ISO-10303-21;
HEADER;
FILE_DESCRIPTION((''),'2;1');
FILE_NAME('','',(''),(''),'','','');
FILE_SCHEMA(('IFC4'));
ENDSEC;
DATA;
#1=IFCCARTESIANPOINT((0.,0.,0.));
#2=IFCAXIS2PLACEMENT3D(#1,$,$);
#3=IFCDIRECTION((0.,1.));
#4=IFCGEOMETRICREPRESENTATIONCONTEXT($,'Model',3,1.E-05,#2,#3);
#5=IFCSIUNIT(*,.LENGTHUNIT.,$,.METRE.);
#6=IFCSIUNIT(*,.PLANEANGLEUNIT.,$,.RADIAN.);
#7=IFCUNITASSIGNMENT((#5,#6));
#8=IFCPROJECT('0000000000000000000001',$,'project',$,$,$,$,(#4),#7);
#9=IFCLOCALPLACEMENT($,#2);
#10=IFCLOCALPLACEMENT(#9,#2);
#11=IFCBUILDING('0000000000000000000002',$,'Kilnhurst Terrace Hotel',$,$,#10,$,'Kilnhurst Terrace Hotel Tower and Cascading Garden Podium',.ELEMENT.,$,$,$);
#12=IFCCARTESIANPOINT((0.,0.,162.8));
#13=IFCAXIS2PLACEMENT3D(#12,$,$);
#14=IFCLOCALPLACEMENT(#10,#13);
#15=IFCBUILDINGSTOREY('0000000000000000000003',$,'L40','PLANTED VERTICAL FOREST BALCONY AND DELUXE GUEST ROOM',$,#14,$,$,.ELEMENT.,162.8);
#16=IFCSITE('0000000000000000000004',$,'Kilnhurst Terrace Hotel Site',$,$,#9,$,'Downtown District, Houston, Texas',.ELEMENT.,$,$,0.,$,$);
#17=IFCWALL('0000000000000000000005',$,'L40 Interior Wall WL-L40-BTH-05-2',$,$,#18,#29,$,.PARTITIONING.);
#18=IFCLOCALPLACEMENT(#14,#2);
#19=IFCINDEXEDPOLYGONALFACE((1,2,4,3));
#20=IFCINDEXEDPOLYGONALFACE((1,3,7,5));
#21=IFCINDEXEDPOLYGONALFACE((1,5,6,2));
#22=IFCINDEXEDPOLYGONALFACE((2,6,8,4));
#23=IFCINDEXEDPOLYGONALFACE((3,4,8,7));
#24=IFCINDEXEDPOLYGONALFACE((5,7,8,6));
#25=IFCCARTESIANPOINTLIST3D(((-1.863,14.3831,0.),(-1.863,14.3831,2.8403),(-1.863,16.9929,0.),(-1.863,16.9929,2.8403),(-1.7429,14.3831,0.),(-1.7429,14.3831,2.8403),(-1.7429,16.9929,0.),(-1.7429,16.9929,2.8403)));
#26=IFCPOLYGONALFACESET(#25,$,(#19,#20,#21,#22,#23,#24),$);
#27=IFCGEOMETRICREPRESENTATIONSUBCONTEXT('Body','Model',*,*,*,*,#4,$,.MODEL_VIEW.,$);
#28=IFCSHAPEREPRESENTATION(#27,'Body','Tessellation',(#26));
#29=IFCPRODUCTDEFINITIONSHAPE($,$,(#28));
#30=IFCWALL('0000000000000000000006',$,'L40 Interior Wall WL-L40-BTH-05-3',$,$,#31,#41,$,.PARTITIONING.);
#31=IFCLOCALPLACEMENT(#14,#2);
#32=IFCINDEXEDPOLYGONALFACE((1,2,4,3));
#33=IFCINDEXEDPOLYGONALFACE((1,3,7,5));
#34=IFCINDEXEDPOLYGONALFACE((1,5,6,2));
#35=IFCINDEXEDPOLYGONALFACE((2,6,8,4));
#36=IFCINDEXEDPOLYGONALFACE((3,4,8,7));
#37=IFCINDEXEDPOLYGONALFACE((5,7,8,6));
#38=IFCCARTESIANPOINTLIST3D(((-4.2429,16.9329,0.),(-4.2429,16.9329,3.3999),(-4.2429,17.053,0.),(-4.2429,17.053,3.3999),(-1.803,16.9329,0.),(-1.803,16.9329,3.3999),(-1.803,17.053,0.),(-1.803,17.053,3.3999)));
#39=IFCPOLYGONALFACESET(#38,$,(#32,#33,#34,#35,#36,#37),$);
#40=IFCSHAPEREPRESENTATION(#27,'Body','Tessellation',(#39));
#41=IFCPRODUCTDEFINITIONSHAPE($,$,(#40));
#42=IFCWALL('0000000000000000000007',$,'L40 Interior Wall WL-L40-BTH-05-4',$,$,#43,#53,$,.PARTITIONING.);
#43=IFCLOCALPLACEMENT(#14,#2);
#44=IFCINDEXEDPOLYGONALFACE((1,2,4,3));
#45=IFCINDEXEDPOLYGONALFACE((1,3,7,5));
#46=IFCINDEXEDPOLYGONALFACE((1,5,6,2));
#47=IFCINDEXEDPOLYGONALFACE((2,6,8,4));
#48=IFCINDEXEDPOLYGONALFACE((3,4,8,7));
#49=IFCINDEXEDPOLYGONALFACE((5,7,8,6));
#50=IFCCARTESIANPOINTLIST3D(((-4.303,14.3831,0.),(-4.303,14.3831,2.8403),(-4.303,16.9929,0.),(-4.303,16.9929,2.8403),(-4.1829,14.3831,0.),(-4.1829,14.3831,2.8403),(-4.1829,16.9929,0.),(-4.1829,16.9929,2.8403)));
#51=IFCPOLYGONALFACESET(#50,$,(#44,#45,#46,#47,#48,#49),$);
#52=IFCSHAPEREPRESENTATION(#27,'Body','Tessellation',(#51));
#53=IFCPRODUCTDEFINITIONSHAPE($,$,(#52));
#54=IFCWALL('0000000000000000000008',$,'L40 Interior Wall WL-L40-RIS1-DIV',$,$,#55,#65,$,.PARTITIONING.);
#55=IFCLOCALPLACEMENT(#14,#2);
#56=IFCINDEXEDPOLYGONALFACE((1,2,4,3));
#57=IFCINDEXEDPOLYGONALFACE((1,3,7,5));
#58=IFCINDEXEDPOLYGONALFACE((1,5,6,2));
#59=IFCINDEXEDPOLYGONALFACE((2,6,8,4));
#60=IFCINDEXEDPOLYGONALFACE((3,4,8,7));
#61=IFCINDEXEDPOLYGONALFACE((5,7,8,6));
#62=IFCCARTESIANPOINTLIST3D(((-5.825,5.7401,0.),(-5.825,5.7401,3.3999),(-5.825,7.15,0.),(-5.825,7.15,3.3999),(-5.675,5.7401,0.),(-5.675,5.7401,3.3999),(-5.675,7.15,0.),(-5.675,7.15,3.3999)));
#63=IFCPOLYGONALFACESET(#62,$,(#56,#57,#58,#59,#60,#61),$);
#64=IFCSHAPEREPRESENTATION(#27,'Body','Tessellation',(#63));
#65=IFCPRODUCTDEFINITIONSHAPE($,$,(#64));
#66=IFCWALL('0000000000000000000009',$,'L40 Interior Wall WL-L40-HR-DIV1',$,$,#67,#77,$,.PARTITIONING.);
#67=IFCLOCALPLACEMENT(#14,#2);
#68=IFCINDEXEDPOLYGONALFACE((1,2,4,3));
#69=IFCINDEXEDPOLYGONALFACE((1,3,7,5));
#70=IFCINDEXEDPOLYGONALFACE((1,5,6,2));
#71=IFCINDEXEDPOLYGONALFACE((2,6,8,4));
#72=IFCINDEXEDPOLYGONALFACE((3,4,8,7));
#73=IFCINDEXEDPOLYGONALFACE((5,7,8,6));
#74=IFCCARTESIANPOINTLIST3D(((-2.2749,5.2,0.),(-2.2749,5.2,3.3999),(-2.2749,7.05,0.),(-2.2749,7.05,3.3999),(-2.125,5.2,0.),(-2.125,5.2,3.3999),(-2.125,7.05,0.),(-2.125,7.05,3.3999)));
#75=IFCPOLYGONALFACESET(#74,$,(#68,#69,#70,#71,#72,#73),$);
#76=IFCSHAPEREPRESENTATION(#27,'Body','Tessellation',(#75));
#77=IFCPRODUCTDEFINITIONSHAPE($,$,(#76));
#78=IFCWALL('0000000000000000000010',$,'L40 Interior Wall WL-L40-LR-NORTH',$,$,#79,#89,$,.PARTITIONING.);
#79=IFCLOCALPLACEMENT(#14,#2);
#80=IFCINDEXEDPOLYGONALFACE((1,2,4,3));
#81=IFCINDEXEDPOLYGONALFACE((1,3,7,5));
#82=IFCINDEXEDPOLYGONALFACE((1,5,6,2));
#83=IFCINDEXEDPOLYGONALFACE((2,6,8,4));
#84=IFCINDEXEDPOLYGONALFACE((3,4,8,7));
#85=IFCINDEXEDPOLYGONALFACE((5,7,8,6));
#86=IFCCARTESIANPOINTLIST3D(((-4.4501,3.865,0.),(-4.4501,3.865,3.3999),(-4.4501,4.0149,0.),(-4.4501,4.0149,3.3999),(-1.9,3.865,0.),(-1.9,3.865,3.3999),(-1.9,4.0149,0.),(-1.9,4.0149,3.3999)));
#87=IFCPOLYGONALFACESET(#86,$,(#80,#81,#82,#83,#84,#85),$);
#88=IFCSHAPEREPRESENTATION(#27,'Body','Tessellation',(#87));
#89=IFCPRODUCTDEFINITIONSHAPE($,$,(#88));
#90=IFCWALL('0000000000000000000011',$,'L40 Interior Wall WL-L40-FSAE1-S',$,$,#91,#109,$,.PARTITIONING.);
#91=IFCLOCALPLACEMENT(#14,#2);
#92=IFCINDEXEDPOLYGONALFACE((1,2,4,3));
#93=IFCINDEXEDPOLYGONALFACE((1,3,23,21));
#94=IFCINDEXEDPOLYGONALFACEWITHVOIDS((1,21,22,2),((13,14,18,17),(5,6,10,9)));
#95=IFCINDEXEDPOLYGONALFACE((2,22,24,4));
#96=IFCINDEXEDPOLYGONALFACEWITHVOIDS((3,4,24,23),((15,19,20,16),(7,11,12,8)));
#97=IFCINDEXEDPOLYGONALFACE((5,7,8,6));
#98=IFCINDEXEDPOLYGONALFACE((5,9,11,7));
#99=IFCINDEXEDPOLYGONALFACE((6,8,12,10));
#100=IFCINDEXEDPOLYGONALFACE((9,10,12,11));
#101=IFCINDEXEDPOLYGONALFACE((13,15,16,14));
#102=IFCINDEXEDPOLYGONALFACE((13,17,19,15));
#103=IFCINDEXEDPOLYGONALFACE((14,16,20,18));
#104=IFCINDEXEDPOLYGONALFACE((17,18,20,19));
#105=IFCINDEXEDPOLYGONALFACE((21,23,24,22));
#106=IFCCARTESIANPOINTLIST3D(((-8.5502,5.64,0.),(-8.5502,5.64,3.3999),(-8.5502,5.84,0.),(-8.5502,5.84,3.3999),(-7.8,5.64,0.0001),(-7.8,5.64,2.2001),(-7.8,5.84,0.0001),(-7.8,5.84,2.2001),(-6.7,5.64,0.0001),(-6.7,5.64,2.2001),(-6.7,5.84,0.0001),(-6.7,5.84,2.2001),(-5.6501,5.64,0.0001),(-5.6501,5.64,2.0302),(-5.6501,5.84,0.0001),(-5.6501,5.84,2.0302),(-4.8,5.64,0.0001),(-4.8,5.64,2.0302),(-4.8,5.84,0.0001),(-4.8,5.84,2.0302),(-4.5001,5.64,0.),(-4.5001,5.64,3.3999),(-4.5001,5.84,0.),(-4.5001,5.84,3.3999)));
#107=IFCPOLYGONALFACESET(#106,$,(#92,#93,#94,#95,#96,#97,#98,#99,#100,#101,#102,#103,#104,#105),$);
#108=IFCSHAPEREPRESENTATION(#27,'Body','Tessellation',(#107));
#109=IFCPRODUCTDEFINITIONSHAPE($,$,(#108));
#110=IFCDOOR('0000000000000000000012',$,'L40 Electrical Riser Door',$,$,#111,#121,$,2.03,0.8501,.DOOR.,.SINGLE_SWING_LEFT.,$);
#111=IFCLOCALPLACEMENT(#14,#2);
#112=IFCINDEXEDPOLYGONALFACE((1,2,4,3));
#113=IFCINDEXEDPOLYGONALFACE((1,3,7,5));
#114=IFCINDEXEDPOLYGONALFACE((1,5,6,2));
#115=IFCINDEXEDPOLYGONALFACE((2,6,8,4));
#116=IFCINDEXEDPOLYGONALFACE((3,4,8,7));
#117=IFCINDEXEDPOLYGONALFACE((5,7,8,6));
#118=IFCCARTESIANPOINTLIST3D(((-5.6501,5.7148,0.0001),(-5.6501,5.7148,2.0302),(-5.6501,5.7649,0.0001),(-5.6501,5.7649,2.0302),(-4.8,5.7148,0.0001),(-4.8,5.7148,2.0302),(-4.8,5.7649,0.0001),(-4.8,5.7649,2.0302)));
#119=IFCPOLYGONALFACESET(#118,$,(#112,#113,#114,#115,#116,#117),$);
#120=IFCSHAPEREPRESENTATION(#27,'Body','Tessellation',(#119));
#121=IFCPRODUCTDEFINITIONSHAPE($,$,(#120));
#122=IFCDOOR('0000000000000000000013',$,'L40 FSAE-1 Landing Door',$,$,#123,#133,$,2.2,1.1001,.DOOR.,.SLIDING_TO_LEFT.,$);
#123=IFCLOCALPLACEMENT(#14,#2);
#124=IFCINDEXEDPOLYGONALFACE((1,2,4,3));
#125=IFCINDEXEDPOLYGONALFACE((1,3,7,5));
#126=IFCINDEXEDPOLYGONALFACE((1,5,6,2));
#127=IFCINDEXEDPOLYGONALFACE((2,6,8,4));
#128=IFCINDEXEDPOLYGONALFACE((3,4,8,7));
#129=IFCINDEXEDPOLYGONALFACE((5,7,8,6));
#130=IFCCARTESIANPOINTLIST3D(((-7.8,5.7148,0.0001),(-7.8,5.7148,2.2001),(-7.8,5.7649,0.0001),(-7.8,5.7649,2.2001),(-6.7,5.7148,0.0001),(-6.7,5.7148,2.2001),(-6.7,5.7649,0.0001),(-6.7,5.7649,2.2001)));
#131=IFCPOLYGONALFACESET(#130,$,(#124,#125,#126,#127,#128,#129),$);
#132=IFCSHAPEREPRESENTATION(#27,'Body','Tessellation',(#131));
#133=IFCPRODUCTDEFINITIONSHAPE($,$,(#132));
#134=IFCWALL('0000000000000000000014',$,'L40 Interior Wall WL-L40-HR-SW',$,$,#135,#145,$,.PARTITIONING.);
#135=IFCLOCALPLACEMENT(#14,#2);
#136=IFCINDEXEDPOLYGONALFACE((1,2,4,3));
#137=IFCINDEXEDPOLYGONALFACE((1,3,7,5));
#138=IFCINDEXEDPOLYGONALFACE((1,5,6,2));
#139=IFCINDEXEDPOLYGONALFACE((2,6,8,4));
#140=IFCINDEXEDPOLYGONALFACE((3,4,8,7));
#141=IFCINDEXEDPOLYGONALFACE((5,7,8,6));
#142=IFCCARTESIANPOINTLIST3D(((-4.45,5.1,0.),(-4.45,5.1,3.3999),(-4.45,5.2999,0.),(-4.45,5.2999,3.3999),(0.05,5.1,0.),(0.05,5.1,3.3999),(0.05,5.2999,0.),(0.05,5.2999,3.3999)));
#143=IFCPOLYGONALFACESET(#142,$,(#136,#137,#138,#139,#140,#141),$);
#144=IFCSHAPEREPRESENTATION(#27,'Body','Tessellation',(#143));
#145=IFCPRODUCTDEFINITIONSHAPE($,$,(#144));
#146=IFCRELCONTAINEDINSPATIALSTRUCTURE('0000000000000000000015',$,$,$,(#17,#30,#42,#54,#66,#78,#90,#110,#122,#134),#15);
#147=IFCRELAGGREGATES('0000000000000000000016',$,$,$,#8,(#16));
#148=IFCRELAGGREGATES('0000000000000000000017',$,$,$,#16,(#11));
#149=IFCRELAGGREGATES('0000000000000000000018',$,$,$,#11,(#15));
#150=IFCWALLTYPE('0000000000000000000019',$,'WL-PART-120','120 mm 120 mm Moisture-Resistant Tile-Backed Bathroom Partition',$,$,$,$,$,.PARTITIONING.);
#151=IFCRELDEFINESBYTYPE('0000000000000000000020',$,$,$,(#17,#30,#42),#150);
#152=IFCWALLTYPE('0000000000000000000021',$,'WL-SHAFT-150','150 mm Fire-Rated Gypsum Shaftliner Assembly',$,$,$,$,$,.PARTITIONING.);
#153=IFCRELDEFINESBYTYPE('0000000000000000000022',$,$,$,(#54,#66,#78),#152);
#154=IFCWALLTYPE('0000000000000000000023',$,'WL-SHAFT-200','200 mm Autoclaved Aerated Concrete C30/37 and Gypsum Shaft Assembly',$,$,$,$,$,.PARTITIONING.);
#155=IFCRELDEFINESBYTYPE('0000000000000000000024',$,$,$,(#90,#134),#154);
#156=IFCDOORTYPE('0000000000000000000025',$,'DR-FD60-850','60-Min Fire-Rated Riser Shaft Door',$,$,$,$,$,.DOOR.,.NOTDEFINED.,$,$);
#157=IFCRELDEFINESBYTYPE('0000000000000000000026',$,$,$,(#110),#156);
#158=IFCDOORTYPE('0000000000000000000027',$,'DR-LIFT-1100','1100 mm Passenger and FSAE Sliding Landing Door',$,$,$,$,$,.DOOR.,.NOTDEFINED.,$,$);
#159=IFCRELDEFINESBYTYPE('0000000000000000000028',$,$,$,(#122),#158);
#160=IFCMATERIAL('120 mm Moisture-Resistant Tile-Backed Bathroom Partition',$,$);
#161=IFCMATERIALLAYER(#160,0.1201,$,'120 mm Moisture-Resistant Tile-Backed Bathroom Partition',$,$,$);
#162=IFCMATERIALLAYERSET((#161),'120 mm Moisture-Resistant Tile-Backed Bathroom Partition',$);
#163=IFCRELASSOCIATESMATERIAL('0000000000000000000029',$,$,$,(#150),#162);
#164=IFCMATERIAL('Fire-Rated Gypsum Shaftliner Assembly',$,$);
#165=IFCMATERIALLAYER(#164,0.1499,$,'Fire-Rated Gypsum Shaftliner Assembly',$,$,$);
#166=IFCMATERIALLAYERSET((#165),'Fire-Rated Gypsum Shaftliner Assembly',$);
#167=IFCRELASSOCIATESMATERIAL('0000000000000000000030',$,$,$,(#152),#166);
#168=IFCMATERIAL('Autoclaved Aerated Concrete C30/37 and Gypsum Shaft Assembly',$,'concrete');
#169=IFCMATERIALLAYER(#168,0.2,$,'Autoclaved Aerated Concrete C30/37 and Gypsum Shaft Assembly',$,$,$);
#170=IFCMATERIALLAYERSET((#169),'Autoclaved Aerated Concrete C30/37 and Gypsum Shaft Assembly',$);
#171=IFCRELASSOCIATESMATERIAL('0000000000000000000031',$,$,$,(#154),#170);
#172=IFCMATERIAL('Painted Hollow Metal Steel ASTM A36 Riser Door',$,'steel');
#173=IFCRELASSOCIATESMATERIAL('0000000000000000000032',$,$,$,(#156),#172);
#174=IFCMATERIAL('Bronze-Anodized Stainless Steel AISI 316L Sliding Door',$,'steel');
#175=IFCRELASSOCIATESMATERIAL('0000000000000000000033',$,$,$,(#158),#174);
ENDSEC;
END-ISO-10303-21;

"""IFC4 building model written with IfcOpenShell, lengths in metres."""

from ifc_helpers import new_model, si_unit, direction, frame, frame_2d, origin, place, context, subcontext, project, spatial, rectangle, extrude, material, layer, layer_set, type_object, element, fill, save


model = new_model("IFC4")

# Units and contexts
model_context = context("Model", 3, precision=1e-05, world=origin(), true_north=direction((0.0, 1.0)))
body_context = subcontext(model_context, "Body", "Model", "MODEL_VIEW")
ifc_project = project(units=[si_unit("LENGTHUNIT", "METRE"), si_unit("PLANEANGLEUNIT", "RADIAN")], contexts=[model_context])

# Site, building, storey
site_placement = place(None, origin())
site = spatial("IfcSite", under=ifc_project, at=site_placement, Name="Kilnhurst Terrace Hotel Site", LongName="Downtown District, Houston, Texas", CompositionType="ELEMENT", RefElevation=0.0)
building_placement = place(site_placement, origin())
building = spatial("IfcBuilding", under=site, at=building_placement, Name="Kilnhurst Terrace Hotel", LongName="Kilnhurst Terrace Hotel Tower and Cascading Garden Podium", CompositionType="ELEMENT")
storey_placement = place(building_placement, frame((0.0, 0.0, 162.8)))
storey = spatial("IfcBuildingStorey", under=building, at=storey_placement, Name="L40", Description="PLANTED VERTICAL FOREST BALCONY AND DELUXE GUEST ROOM", CompositionType="ELEMENT", Elevation=162.8)

# Shared definitions
ifc_material_1 = material(Name="120 mm Moisture-Resistant Tile-Backed Bathroom Partition")
ifc_layer_1 = layer(ifc_material_1, 0.1201, Name="120 mm Moisture-Resistant Tile-Backed Bathroom Partition")
ifc_layer_set_1 = layer_set([ifc_layer_1], Name="120 mm Moisture-Resistant Tile-Backed Bathroom Partition")
wall_type_1 = type_object("IfcWallType", Name="WL-PART-120", Description="120 mm 120 mm Moisture-Resistant Tile-Backed Bathroom Partition", PredefinedType="PARTITIONING", material=ifc_layer_set_1)

# Walls
wall_1_placement = place(storey_placement, frame((-1.803, 14.3831, 0.0), z_axis=(0.0, 0.0, 1.0), x_axis=(0.0, 1.0, 0.0)))
element("IfcWall", 1, at=wall_1_placement, inside=storey, type_object=wall_type_1, Name="L40 Interior Wall WL-L40-BTH-05-2", PredefinedType="PARTITIONING", context=body_context, shape_type="SweptSolid", body=[
    extrude(rectangle(XDim=2.6099, YDim=0.1201, at=frame_2d((1.3049, 0.0))), origin(), (0.0, 0.0, 1.0), 2.8403),
])
wall_2_placement = place(storey_placement, frame((-1.803, 16.9929, 0.0), z_axis=(0.0, 0.0, 1.0), x_axis=(-1.0, 0.0, 0.0)))
element("IfcWall", 2, at=wall_2_placement, inside=storey, type_object=wall_type_1, Name="L40 Interior Wall WL-L40-BTH-05-3", PredefinedType="PARTITIONING", context=body_context, shape_type="SweptSolid", body=[
    extrude(rectangle(XDim=2.4399, YDim=0.1201, at=frame_2d((1.22, 0.0))), origin(), (0.0, 0.0, 1.0), 3.3999),
])
wall_3_placement = place(storey_placement, frame((-4.2429, 16.9929, 0.0), z_axis=(0.0, 0.0, 1.0), x_axis=(0.0, -1.0, 0.0)))
element("IfcWall", 3, at=wall_3_placement, inside=storey, type_object=wall_type_1, Name="L40 Interior Wall WL-L40-BTH-05-4", PredefinedType="PARTITIONING", context=body_context, shape_type="SweptSolid", body=[
    extrude(rectangle(XDim=2.6099, YDim=0.1201, at=frame_2d((1.3049, 0.0))), origin(), (0.0, 0.0, 1.0), 2.8403),
])
ifc_material_2 = material(Name="Fire-Rated Gypsum Shaftliner Assembly")
ifc_layer_2 = layer(ifc_material_2, 0.1499, Name="Fire-Rated Gypsum Shaftliner Assembly")
ifc_layer_set_2 = layer_set([ifc_layer_2], Name="Fire-Rated Gypsum Shaftliner Assembly")
wall_type_2 = type_object("IfcWallType", Name="WL-SHAFT-150", Description="150 mm Fire-Rated Gypsum Shaftliner Assembly", PredefinedType="PARTITIONING", material=ifc_layer_set_2)
wall_4_placement = place(storey_placement, frame((-5.75, 5.74, 0.0), z_axis=(0.0, 0.0, 1.0), x_axis=(0.0, 1.0, 0.0)))
element("IfcWall", 4, at=wall_4_placement, inside=storey, type_object=wall_type_2, Name="L40 Interior Wall WL-L40-RIS1-DIV", PredefinedType="PARTITIONING", context=body_context, shape_type="SweptSolid", body=[
    extrude(rectangle(XDim=1.4099, YDim=0.1499, at=frame_2d((0.7051, 0.0))), origin(), (0.0, 0.0, 1.0), 3.3999),
])
wall_5_placement = place(storey_placement, frame((-2.2, 5.2, 0.0), z_axis=(0.0, 0.0, 1.0), x_axis=(0.0, 1.0, 0.0)))
element("IfcWall", 5, at=wall_5_placement, inside=storey, type_object=wall_type_2, Name="L40 Interior Wall WL-L40-HR-DIV1", PredefinedType="PARTITIONING", context=body_context, shape_type="SweptSolid", body=[
    extrude(rectangle(XDim=1.8501, YDim=0.1499, at=frame_2d((0.925, 0.0))), origin(), (0.0, 0.0, 1.0), 3.3999),
])
wall_6_placement = place(storey_placement, frame((-4.45, 3.9399, 0.0), z_axis=(0.0, 0.0, 1.0), x_axis=(1.0, 0.0, 0.0)))
element("IfcWall", 6, at=wall_6_placement, inside=storey, type_object=wall_type_2, Name="L40 Interior Wall WL-L40-LR-NORTH", PredefinedType="PARTITIONING", context=body_context, shape_type="SweptSolid", body=[
    extrude(rectangle(XDim=2.55, YDim=0.1499, at=frame_2d((1.2749, 0.0))), origin(), (0.0, 0.0, 1.0), 3.3999),
])

# Wall, openings, doors
ifc_material_3 = material(Name="Autoclaved Aerated Concrete C30/37 and Gypsum Shaft Assembly", Category="concrete")
ifc_layer_3 = layer(ifc_material_3, 0.2, Name="Autoclaved Aerated Concrete C30/37 and Gypsum Shaft Assembly")
ifc_layer_set_3 = layer_set([ifc_layer_3], Name="Autoclaved Aerated Concrete C30/37 and Gypsum Shaft Assembly")
wall_type_3 = type_object("IfcWallType", Name="WL-SHAFT-200", Description="200 mm Autoclaved Aerated Concrete C30/37 and Gypsum Shaft Assembly", PredefinedType="PARTITIONING", material=ifc_layer_set_3)
wall_7_placement = place(storey_placement, frame((-8.55, 5.74, 0.0), z_axis=(0.0, 0.0, 1.0), x_axis=(1.0, 0.0, 0.0)))
wall_7 = element("IfcWall", 7, at=wall_7_placement, inside=storey, type_object=wall_type_3, Name="L40 Interior Wall WL-L40-FSAE1-S", PredefinedType="PARTITIONING", context=body_context, shape_type="SweptSolid", body=[
    extrude(rectangle(XDim=4.05, YDim=0.2, at=frame_2d((2.0249, 0.0))), origin(), (0.0, 0.0, 1.0), 3.3999),
])
opening_1_placement = place(wall_7_placement, frame((0.75, 0.0, 0.0)))
opening_1 = element("IfcOpeningElement", 8, at=opening_1_placement, cuts=wall_7, PredefinedType="OPENING", context=body_context, shape_type="SweptSolid", body=[
    extrude(rectangle(XDim=1.1001, YDim=2.2, at=frame_2d((0.55, 1.1001))), frame((0.0, 0.1099, 0.0), z_axis=(0.0, -1.0, 0.0), x_axis=(1.0, 0.0, 0.0)), (0.0, 0.0, 1.0), 0.22),
])
opening_2_placement = place(wall_7_placement, frame((2.8999, 0.0, 0.0)))
opening_2 = element("IfcOpeningElement", 9, at=opening_2_placement, cuts=wall_7, PredefinedType="OPENING", context=body_context, shape_type="SweptSolid", body=[
    extrude(rectangle(XDim=0.8501, YDim=2.03, at=frame_2d((0.425, 1.0151))), frame((0.0, 0.1099, 0.0), z_axis=(0.0, -1.0, 0.0), x_axis=(1.0, 0.0, 0.0)), (0.0, 0.0, 1.0), 0.22),
])
ifc_material_4 = material(Name="Painted Hollow Metal Steel ASTM A36 Riser Door", Category="steel")
door_type_1 = type_object("IfcDoorType", Name="DR-FD60-850", Description="60-Min Fire-Rated Riser Shaft Door", OperationType="NOTDEFINED", PredefinedType="DOOR", material=ifc_material_4)
door_1_placement = place(opening_2_placement, origin())
door_1 = element("IfcDoor", 10, at=door_1_placement, inside=storey, type_object=door_type_1, Name="L40 Electrical Riser Door", OperationType="SINGLE_SWING_LEFT", OverallHeight=2.03, OverallWidth=0.8501, PredefinedType="DOOR", context=body_context, shape_type="SweptSolid", body=[
    extrude(rectangle(XDim=0.8501, YDim=2.03, at=frame_2d((0.425, 1.0151))), frame((0.0, 0.0249, 0.0), z_axis=(0.0, -1.0, 0.0), x_axis=(1.0, 0.0, 0.0)), (0.0, 0.0, 1.0), 0.05),
])
fill(opening_2, door_1)
ifc_material_5 = material(Name="Bronze-Anodized Stainless Steel AISI 316L Sliding Door", Category="steel")
door_type_2 = type_object("IfcDoorType", Name="DR-LIFT-1100", Description="1100 mm Passenger and FSAE Sliding Landing Door", OperationType="NOTDEFINED", PredefinedType="DOOR", material=ifc_material_5)
door_2_placement = place(opening_1_placement, origin())
door_2 = element("IfcDoor", 11, at=door_2_placement, inside=storey, type_object=door_type_2, Name="L40 FSAE-1 Landing Door", OperationType="SLIDING_TO_LEFT", OverallHeight=2.2, OverallWidth=1.1001, PredefinedType="DOOR", context=body_context, shape_type="SweptSolid", body=[
    extrude(rectangle(XDim=1.1001, YDim=2.2, at=frame_2d((0.55, 1.1001))), frame((0.0, 0.0249, 0.0), z_axis=(0.0, -1.0, 0.0), x_axis=(1.0, 0.0, 0.0)), (0.0, 0.0, 1.0), 0.05),
])
fill(opening_1, door_2)

# Wall
wall_8_placement = place(storey_placement, frame((-4.45, 5.2, 0.0), z_axis=(0.0, 0.0, 1.0), x_axis=(1.0, 0.0, 0.0)))
element("IfcWall", 12, at=wall_8_placement, inside=storey, type_object=wall_type_3, Name="L40 Interior Wall WL-L40-HR-SW", PredefinedType="PARTITIONING", context=body_context, shape_type="SweptSolid", body=[
    extrude(rectangle(XDim=4.5, YDim=0.2, at=frame_2d((2.25, 0.0))), origin(), (0.0, 0.0, 1.0), 3.3999),
])

save(model, "model.ifc")
